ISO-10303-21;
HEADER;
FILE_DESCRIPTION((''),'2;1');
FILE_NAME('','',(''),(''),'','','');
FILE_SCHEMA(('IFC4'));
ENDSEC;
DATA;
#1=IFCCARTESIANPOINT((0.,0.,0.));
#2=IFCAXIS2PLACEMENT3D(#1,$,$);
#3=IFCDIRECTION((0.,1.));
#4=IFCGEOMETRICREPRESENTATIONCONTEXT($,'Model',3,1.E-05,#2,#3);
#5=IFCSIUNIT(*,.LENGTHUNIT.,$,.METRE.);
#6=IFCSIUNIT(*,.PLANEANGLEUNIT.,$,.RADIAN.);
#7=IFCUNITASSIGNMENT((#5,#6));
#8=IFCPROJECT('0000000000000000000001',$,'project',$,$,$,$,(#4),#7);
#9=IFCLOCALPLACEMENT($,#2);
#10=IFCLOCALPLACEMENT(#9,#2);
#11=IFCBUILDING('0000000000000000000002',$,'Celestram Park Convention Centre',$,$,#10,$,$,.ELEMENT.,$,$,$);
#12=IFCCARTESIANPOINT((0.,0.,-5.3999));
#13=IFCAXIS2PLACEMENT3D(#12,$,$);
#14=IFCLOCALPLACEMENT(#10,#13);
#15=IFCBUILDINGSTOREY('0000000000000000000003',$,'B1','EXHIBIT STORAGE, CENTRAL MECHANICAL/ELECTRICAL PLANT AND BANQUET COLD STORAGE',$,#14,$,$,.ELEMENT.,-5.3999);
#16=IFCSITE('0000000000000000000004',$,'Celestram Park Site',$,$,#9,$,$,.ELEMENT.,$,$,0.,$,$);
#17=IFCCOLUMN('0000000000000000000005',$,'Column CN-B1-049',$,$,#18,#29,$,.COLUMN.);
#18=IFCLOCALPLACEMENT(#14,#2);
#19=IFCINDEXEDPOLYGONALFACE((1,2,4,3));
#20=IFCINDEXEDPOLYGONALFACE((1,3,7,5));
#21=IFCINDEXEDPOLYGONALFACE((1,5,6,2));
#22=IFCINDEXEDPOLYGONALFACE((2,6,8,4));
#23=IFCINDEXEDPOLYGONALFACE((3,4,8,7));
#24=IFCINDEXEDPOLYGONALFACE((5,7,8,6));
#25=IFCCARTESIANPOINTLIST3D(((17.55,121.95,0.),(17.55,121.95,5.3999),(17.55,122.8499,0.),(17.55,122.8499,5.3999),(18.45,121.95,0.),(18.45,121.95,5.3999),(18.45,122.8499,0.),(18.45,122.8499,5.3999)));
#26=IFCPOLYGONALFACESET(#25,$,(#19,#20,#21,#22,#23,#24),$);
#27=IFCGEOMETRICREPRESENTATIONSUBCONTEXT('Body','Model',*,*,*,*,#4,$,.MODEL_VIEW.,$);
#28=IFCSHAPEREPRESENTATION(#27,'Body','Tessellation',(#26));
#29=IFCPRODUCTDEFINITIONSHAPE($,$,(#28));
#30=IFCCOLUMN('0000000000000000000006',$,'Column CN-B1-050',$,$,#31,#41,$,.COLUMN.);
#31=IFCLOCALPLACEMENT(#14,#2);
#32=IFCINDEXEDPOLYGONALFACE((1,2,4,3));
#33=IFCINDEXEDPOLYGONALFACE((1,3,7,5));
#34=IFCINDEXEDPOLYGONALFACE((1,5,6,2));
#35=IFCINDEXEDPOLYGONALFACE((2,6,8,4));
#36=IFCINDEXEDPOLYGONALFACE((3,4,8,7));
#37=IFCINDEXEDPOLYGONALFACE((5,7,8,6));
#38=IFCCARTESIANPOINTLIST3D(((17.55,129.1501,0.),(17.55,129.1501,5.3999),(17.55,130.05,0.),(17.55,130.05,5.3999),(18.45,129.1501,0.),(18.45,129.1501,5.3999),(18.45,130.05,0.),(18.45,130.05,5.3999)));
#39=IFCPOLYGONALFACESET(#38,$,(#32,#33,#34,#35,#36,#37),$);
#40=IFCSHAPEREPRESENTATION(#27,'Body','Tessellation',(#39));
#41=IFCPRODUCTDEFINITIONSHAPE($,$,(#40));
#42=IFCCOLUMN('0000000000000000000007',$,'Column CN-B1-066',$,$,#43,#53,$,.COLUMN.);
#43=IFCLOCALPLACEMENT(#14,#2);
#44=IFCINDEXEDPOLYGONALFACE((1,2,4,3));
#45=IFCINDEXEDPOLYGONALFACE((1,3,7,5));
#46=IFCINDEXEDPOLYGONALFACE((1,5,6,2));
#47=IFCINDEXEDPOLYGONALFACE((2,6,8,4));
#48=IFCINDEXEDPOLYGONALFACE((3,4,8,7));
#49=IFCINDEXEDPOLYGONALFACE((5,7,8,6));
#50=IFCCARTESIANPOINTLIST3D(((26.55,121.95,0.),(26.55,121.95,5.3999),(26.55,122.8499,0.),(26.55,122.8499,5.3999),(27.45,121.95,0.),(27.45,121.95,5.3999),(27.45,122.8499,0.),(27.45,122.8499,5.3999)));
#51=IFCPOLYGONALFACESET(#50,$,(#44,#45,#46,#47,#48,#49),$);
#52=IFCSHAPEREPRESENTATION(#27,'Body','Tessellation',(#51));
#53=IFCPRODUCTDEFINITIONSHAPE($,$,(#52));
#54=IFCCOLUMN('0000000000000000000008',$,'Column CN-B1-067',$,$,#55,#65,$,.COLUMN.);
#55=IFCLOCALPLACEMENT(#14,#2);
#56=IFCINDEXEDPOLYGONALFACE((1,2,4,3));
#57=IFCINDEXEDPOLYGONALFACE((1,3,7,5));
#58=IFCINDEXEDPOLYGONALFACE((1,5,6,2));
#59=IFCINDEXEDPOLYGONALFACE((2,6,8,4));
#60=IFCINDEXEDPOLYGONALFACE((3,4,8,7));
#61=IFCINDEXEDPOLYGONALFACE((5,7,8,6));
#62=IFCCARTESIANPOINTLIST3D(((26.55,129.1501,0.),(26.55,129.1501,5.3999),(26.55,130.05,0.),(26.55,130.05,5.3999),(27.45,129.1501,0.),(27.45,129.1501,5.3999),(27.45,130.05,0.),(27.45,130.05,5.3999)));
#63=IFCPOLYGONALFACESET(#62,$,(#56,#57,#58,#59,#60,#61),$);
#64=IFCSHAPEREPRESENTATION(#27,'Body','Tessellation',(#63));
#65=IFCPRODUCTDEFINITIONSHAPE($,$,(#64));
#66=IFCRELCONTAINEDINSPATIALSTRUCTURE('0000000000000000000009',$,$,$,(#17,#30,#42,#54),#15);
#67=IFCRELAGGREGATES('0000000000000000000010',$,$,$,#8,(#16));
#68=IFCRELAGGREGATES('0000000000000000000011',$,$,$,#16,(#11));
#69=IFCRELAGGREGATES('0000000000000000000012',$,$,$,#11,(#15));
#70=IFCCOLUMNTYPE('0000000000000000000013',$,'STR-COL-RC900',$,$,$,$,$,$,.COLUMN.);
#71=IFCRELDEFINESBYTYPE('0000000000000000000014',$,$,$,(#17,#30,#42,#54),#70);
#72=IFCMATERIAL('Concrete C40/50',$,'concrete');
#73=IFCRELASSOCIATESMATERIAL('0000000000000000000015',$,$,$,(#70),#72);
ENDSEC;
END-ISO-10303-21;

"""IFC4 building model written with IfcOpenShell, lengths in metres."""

from ifc_helpers import new_model, si_unit, direction, frame, origin, origin_2d, place, context, subcontext, project, spatial, rectangle, extrude, material, material_profile, profile_set, type_object, element, save


model = new_model("IFC4")

# Units and contexts
model_context = context("Model", 3, precision=1e-05, world=origin(), true_north=direction((0.0, 1.0)))
body_context = subcontext(model_context, "Body", "Model", "MODEL_VIEW")
ifc_project = project(units=[si_unit("LENGTHUNIT", "METRE"), si_unit("PLANEANGLEUNIT", "RADIAN")], contexts=[model_context])

# Site, building, storey
site_placement = place(None, origin())
site = spatial("IfcSite", under=ifc_project, at=site_placement, Name="Celestram Park Site", CompositionType="ELEMENT", RefElevation=0.0)
building_placement = place(site_placement, origin())
building = spatial("IfcBuilding", under=site, at=building_placement, Name="Celestram Park Convention Centre", CompositionType="ELEMENT")
storey_placement = place(building_placement, frame((0.0, 0.0, -5.3999)))
storey = spatial("IfcBuildingStorey", under=building, at=storey_placement, Name="B1", Description="EXHIBIT STORAGE, CENTRAL MECHANICAL/ELECTRICAL PLANT AND BANQUET COLD STORAGE", CompositionType="ELEMENT", Elevation=-5.3999)

# Shared definitions
ifc_material_1 = material(Name="Concrete C40/50", Category="concrete")

# Columns
ifc_material_profile_1 = material_profile(ifc_material_1, rectangle(XDim=0.8999, YDim=0.8999, at=origin_2d()), Name="RC900X900")
ifc_profile_set_1 = profile_set([ifc_material_profile_1], Name="Concrete C40/50")
column_type = type_object("IfcColumnType", Name="STR-COL-RC900", PredefinedType="COLUMN", material=ifc_profile_set_1)
for number, where, z_axis, x_axis, name in (
    (1, (18.0, 122.3999, 0.0), (0.0, 0.0, 1.0), (1.0, 0.0, 0.0), "Column CN-B1-049"),
    (2, (18.0, 129.6001, 0.0), (0.0, 0.0, 1.0), (1.0, 0.0, 0.0), "Column CN-B1-050"),
    (3, (27.0, 122.3999, 0.0), (0.0, 0.0, 1.0), (1.0, 0.0, 0.0), "Column CN-B1-066"),
    (4, (27.0, 129.6001, 0.0), (0.0, 0.0, 1.0), (1.0, 0.0, 0.0), "Column CN-B1-067"),
):
    element("IfcColumn", number, at=place(storey_placement, frame(where, z_axis=z_axis, x_axis=x_axis)), inside=storey, type_object=column_type, Name=name, PredefinedType="COLUMN", context=body_context, shape_type="SweptSolid", body=[
        extrude(rectangle(XDim=0.8999, YDim=0.8999, at=origin_2d()), origin(), (0.0, 0.0, 1.0), 5.3999),
    ])

save(model, "model.ifc")
